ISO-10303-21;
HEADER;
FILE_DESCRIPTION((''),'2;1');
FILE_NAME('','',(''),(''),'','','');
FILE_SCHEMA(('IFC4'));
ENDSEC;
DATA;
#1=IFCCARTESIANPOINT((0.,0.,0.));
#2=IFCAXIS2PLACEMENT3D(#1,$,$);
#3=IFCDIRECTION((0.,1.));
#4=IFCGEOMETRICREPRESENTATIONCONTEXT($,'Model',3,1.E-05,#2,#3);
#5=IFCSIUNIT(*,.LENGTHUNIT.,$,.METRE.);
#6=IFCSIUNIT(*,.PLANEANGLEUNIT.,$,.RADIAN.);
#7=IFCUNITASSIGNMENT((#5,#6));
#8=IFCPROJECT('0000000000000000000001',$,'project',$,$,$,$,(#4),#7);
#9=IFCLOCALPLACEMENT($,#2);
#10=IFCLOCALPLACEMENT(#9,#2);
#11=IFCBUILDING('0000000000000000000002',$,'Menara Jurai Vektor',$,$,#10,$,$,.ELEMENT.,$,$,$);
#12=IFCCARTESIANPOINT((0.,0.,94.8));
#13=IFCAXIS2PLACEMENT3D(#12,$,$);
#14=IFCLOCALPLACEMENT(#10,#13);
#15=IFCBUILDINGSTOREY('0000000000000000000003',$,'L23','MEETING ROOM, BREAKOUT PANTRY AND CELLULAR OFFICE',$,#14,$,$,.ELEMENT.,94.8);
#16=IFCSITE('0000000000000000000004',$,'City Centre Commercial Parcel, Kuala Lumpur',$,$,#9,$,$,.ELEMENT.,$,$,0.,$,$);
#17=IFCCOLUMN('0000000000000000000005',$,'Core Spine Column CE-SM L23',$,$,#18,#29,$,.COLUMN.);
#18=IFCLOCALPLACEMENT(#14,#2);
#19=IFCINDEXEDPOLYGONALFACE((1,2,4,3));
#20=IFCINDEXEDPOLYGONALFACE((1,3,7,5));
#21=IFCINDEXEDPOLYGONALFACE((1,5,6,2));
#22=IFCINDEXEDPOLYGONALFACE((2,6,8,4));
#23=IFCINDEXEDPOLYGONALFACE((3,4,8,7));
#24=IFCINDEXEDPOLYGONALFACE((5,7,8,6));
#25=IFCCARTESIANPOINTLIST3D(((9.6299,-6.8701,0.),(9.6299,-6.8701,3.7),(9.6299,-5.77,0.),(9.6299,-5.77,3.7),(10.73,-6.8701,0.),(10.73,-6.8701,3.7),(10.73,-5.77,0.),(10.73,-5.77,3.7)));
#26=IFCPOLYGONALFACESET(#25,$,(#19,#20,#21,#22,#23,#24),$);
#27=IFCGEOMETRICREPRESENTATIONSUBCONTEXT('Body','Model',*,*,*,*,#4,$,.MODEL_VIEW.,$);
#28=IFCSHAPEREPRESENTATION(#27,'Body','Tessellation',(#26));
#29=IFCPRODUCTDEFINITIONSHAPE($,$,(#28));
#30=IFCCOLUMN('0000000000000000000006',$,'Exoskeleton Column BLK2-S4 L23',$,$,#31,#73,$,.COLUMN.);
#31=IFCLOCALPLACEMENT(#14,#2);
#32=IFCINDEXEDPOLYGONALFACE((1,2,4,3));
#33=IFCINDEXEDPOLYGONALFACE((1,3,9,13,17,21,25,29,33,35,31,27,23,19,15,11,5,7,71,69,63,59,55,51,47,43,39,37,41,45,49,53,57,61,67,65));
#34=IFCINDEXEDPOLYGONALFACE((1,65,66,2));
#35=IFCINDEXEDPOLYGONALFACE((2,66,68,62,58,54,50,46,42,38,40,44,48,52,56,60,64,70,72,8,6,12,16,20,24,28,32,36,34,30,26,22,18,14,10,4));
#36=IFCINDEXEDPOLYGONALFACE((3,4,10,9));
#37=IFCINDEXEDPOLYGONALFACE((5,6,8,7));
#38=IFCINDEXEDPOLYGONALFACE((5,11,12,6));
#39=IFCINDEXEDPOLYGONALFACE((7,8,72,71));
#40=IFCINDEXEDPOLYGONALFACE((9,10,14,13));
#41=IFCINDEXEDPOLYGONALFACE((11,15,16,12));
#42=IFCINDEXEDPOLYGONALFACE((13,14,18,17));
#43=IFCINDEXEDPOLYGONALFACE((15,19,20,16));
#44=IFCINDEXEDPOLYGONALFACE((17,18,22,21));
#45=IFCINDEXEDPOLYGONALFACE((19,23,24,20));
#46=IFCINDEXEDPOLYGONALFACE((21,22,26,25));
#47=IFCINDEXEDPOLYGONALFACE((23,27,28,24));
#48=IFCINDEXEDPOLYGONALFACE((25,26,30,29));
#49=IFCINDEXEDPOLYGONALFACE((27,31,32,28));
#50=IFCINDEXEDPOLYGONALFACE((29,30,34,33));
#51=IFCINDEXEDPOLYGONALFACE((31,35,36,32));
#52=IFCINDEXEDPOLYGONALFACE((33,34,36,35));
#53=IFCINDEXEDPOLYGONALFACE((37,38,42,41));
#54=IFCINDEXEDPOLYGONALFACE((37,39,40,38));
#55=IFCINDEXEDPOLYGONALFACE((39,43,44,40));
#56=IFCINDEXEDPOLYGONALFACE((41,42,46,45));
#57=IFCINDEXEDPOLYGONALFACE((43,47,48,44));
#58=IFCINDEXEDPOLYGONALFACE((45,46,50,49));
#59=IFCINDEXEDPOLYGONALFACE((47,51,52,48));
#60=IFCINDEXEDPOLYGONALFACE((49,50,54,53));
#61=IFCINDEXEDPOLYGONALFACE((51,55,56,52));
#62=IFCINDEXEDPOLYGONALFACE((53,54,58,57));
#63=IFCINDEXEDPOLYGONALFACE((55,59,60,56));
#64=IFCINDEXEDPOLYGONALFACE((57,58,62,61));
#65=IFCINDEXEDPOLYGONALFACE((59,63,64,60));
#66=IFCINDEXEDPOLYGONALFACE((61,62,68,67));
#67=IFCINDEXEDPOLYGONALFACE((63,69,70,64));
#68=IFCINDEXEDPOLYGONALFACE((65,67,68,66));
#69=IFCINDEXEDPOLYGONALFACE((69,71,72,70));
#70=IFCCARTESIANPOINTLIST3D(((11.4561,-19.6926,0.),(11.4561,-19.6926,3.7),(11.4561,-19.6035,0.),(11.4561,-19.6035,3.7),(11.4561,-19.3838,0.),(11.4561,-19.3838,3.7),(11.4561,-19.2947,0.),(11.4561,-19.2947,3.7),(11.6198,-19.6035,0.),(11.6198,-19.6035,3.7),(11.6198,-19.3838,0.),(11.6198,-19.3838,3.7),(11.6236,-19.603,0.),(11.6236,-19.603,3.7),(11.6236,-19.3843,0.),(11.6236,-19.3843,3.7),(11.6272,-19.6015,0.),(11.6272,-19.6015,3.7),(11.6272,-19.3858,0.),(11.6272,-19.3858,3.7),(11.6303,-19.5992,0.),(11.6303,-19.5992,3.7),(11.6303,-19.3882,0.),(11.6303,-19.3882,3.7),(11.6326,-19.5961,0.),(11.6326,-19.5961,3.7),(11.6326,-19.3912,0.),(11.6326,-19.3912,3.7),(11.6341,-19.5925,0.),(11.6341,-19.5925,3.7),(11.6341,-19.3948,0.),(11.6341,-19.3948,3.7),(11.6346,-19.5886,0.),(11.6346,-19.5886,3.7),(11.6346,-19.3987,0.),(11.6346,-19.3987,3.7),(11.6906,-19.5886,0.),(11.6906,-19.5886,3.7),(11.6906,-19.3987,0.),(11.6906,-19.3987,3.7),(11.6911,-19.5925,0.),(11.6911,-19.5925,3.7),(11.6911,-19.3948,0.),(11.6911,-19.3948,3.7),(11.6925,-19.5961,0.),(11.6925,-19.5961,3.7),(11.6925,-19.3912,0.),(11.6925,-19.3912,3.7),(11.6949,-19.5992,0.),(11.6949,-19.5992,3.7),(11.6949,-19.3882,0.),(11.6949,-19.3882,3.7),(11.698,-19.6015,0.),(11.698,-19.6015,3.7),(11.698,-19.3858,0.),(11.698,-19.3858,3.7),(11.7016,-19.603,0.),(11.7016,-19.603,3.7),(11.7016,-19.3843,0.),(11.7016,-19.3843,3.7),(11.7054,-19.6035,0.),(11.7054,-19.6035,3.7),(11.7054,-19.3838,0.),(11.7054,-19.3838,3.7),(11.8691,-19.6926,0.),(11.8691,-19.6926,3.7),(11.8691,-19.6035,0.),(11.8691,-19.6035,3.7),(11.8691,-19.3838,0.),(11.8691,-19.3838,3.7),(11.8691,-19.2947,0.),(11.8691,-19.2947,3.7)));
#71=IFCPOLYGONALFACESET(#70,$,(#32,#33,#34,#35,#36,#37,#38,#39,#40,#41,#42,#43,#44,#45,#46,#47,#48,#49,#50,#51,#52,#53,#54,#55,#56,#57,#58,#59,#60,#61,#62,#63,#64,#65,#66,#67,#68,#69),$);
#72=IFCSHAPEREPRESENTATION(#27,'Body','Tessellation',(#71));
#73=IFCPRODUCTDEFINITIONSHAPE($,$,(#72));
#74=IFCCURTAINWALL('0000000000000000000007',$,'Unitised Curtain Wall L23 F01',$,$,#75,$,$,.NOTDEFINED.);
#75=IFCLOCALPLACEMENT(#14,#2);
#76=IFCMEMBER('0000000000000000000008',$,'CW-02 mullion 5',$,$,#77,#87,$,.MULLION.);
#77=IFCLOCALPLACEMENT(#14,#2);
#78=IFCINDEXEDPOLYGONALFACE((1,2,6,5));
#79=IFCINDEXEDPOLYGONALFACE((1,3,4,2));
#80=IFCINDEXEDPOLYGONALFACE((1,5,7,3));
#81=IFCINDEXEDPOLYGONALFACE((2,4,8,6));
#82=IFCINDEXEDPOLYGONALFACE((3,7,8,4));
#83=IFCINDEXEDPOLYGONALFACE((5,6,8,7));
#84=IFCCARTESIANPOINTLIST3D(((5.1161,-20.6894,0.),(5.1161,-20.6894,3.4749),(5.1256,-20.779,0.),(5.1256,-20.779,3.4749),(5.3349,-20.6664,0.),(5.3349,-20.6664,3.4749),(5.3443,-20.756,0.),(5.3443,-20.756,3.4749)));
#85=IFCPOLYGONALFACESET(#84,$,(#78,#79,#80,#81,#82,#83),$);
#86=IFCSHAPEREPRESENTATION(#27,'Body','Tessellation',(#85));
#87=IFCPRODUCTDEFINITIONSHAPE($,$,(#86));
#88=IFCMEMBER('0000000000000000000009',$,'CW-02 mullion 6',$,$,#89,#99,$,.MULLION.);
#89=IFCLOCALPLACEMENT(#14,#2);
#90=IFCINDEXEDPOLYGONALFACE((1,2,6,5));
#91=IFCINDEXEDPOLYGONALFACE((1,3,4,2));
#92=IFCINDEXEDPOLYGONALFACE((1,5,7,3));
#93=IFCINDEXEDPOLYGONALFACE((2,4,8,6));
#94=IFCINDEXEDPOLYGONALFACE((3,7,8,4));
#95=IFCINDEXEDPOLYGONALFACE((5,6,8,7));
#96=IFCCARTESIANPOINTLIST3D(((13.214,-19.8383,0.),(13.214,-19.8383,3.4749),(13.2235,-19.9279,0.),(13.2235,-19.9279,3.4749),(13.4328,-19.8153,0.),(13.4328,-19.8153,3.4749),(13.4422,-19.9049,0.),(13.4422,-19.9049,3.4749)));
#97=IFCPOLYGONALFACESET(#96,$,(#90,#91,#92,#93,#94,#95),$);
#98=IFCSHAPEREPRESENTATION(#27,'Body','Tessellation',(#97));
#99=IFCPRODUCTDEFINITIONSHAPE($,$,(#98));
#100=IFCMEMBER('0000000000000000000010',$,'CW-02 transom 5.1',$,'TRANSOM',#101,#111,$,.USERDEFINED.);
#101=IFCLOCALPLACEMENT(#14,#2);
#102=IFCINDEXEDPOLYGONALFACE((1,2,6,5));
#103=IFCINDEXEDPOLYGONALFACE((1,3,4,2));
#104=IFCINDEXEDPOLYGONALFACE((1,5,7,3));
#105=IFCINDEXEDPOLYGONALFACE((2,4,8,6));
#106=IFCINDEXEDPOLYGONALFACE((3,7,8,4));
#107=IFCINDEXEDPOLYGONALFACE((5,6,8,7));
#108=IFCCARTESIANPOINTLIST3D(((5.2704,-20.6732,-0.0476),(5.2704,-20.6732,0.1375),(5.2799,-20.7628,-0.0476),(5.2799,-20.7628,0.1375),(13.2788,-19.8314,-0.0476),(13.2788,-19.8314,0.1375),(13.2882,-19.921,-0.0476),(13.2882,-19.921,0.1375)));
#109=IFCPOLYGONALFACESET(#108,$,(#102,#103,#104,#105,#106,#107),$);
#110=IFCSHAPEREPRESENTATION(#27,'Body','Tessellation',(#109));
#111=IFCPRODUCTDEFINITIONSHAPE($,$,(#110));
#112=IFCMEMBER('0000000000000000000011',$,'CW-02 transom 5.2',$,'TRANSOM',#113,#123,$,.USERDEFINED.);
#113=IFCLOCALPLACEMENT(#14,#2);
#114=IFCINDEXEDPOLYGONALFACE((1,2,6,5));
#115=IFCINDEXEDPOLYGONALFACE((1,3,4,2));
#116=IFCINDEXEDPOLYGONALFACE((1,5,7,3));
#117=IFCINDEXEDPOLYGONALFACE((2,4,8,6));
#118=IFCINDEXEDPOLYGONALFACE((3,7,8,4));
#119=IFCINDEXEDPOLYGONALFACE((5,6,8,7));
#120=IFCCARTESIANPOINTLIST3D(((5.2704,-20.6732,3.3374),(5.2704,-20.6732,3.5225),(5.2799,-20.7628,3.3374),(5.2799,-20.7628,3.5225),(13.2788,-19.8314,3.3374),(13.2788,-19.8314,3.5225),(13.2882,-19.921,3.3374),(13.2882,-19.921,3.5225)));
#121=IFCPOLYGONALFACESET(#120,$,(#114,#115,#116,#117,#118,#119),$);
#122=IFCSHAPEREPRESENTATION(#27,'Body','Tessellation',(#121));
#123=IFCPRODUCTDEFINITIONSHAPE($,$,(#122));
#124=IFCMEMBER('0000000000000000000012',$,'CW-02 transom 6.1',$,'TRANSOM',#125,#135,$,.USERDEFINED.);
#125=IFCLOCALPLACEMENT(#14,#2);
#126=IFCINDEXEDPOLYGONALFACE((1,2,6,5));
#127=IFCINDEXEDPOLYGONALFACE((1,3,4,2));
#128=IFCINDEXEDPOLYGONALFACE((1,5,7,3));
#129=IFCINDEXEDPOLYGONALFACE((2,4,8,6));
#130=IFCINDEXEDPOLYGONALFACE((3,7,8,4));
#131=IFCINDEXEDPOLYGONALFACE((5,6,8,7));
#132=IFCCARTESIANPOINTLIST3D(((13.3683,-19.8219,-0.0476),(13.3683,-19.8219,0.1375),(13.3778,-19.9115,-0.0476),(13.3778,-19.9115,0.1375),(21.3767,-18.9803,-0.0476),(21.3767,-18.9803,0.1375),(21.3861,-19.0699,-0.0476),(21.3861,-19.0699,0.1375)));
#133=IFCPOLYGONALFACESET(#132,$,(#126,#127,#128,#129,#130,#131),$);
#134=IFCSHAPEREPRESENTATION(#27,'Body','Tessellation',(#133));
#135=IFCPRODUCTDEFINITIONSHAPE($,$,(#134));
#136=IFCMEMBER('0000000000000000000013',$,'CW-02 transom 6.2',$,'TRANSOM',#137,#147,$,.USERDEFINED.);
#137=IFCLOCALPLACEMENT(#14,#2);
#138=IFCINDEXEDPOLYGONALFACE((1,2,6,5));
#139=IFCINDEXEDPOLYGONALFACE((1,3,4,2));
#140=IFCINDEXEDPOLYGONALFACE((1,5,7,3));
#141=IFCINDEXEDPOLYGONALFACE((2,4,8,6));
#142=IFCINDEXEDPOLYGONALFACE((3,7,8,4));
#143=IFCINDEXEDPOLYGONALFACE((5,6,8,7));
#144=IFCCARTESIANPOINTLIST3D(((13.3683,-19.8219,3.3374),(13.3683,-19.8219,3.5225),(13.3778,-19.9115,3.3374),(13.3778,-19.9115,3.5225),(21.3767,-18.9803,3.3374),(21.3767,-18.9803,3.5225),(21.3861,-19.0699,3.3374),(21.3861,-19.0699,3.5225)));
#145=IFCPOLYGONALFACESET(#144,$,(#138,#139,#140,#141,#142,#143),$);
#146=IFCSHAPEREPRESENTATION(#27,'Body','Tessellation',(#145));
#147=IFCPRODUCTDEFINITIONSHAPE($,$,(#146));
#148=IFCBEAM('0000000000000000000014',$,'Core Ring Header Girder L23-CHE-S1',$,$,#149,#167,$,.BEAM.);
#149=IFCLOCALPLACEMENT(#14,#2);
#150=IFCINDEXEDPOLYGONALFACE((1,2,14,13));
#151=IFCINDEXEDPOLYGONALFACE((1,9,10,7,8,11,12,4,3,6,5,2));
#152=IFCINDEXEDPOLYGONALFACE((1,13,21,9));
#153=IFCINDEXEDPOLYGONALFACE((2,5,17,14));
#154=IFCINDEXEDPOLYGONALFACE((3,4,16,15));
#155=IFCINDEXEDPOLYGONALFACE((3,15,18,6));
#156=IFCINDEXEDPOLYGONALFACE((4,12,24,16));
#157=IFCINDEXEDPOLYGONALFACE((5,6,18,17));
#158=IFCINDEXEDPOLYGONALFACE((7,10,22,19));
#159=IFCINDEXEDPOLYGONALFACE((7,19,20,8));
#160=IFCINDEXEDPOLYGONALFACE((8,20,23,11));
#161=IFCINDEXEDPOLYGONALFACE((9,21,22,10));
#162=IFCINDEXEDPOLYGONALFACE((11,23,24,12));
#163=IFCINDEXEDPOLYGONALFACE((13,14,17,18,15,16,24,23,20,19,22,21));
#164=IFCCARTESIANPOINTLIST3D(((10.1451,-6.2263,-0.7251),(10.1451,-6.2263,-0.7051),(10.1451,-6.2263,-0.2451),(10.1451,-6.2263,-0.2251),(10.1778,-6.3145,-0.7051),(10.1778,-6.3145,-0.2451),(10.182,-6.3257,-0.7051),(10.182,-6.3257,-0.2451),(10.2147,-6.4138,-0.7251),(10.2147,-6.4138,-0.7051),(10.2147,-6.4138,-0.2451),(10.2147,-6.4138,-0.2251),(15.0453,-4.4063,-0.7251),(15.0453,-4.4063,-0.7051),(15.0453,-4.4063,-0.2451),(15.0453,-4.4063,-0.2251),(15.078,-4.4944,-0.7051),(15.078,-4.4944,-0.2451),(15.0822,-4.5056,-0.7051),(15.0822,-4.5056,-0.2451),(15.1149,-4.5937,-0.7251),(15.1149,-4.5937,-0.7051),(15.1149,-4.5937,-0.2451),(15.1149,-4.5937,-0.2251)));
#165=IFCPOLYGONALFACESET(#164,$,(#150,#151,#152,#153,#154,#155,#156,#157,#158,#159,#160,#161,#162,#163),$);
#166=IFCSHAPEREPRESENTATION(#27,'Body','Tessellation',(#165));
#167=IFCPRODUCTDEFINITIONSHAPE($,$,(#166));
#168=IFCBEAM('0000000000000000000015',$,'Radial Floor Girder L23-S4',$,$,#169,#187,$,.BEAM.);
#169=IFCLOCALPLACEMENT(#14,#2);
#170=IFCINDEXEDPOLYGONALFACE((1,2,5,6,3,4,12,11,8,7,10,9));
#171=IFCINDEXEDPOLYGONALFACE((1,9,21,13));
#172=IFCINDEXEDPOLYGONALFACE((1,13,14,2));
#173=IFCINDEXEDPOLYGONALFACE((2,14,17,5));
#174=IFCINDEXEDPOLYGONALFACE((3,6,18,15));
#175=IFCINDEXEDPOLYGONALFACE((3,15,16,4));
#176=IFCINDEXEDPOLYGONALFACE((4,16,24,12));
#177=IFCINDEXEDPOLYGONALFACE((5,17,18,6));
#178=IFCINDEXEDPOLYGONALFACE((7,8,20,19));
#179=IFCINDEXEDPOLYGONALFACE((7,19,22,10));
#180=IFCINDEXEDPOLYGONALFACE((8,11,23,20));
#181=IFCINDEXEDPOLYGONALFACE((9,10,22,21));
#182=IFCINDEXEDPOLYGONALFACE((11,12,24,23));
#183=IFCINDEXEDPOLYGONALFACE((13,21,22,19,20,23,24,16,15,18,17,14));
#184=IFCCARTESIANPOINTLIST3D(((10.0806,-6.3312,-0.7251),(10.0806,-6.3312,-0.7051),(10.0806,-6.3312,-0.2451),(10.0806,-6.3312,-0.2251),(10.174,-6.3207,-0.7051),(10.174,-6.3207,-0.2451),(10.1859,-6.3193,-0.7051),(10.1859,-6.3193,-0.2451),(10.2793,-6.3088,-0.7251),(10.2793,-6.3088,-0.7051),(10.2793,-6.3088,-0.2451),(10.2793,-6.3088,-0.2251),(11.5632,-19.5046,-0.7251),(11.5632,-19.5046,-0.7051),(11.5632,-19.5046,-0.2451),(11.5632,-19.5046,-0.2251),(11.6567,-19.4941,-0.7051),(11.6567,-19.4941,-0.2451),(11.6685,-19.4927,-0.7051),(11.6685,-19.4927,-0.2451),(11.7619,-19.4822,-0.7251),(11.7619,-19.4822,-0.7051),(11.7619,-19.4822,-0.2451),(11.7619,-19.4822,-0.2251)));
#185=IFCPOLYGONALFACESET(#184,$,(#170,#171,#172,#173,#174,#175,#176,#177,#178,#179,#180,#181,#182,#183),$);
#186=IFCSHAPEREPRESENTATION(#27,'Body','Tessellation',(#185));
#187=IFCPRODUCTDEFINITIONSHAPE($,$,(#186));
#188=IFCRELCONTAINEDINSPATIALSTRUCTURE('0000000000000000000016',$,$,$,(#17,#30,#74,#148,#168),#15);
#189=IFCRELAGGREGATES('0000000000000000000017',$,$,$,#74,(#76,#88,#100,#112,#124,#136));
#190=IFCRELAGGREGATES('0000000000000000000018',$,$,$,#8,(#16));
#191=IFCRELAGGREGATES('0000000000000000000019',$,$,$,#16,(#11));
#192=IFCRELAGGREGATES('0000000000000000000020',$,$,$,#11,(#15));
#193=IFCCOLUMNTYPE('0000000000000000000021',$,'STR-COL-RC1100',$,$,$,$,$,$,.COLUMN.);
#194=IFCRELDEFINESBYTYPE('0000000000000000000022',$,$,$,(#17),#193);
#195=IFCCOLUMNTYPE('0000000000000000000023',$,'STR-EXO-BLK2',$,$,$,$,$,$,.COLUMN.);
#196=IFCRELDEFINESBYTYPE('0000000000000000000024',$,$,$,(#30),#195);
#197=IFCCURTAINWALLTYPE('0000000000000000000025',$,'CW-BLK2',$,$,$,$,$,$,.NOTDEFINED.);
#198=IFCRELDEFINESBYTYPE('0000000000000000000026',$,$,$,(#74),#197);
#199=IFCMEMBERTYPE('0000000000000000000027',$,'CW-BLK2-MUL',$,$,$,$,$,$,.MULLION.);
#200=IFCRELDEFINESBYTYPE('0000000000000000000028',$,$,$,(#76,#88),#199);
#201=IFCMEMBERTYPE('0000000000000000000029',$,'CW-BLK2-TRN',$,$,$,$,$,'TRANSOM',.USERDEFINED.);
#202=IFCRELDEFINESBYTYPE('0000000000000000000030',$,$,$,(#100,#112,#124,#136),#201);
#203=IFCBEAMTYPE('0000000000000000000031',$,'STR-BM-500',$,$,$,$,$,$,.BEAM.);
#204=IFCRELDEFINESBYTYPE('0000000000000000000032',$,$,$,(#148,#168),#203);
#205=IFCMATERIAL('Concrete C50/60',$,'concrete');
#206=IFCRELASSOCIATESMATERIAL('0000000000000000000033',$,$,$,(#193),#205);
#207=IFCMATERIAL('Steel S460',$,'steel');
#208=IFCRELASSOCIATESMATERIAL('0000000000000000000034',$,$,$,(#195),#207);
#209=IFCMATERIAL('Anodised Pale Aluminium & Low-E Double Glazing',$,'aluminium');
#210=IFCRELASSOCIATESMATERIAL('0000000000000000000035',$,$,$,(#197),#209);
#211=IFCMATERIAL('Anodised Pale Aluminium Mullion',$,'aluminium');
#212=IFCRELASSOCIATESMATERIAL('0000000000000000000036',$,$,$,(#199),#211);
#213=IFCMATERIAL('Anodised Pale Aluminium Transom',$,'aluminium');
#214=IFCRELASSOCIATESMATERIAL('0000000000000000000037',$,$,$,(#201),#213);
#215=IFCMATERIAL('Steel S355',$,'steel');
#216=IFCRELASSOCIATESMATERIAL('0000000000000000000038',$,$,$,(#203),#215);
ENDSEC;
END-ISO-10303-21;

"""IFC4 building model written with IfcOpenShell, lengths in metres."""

from ifc_helpers import new_model, si_unit, direction, frame, origin, origin_2d, place, context, subcontext, project, spatial, rectangle, i_section, extrude, material, material_profile, profile_set, type_object, element, aggregate, save


model = new_model("IFC4")

# Units and contexts
model_context = context("Model", 3, precision=1e-05, world=origin(), true_north=direction((0.0, 1.0)))
body_context = subcontext(model_context, "Body", "Model", "MODEL_VIEW")
ifc_project = project(units=[si_unit("LENGTHUNIT", "METRE"), si_unit("PLANEANGLEUNIT", "RADIAN")], contexts=[model_context])

# Site, building, storey
site_placement = place(None, origin())
site = spatial("IfcSite", under=ifc_project, at=site_placement, Name="City Centre Commercial Parcel, Kuala Lumpur", CompositionType="ELEMENT", RefElevation=0.0)
building_placement = place(site_placement, origin())
building = spatial("IfcBuilding", under=site, at=building_placement, Name="Menara Jurai Vektor", CompositionType="ELEMENT")
storey_placement = place(building_placement, frame((0.0, 0.0, 94.8)))
storey = spatial("IfcBuildingStorey", under=building, at=storey_placement, Name="L23", Description="MEETING ROOM, BREAKOUT PANTRY AND CELLULAR OFFICE", CompositionType="ELEMENT", Elevation=94.8)

# Columns
ifc_material_1 = material(Name="Concrete C50/60", Category="concrete")
ifc_material_profile_1 = material_profile(ifc_material_1, rectangle(XDim=1.1001, YDim=1.1001, at=origin_2d()), Name="RC 1100x1100")
ifc_profile_set_1 = profile_set([ifc_material_profile_1], Name="Concrete C50/60")
column_type_1 = type_object("IfcColumnType", Name="STR-COL-RC1100", PredefinedType="COLUMN", material=ifc_profile_set_1)
column_1_placement = place(storey_placement, frame((10.1799, -6.3201, 0.0), z_axis=(0.0, 0.0, 1.0), x_axis=(1.0, 0.0, 0.0)))
element("IfcColumn", 1, at=column_1_placement, inside=storey, type_object=column_type_1, Name="Core Spine Column CE-SM L23", PredefinedType="COLUMN", context=body_context, shape_type="SweptSolid", body=[
    extrude(rectangle(XDim=1.1001, YDim=1.1001, at=origin_2d()), origin(), (0.0, 0.0, 1.0), 3.7),
])
ifc_material_2 = material(Name="Steel S460", Category="steel")
ifc_material_profile_2 = material_profile(ifc_material_2, i_section(OverallWidth=0.4131, OverallDepth=0.3979, WebThickness=0.0559, FlangeThickness=0.0891, FilletRadius=0.0149, at=origin_2d()), Name="HD 400x744")
ifc_profile_set_2 = profile_set([ifc_material_profile_2], Name="Steel S460")
column_type_2 = type_object("IfcColumnType", Name="STR-EXO-BLK2", PredefinedType="COLUMN", material=ifc_profile_set_2)
column_2_placement = place(storey_placement, frame((11.6626, -19.4937, 0.0), z_axis=(0.0, 0.0, 1.0), x_axis=(1.0, 0.0, 0.0)))
element("IfcColumn", 2, at=column_2_placement, inside=storey, type_object=column_type_2, Name="Exoskeleton Column BLK2-S4 L23", PredefinedType="COLUMN", context=body_context, shape_type="SweptSolid", body=[
    extrude(i_section(OverallWidth=0.4131, OverallDepth=0.3979, WebThickness=0.0559, FlangeThickness=0.0891, FilletRadius=0.0149, at=origin_2d()), origin(), (0.0, 0.0, 1.0), 3.7),
])

# Curtain wall, members
ifc_material_3 = material(Name="Anodised Pale Aluminium & Low-E Double Glazing", Category="aluminium")
curtain_wall_type = type_object("IfcCurtainWallType", Name="CW-BLK2", PredefinedType="NOTDEFINED", material=ifc_material_3)
curtain_wall_placement = place(storey_placement, origin())
curtain_wall = element("IfcCurtainWall", 3, at=curtain_wall_placement, inside=storey, type_object=curtain_wall_type, Name="Unitised Curtain Wall L23 F01", PredefinedType="NOTDEFINED")
ifc_material_4 = material(Name="Anodised Pale Aluminium Mullion", Category="aluminium")
ifc_material_profile_3 = material_profile(ifc_material_4, rectangle(XDim=0.0901, YDim=0.22, at=origin_2d()), Name="ALU MUL 90x220")
ifc_profile_set_3 = profile_set([ifc_material_profile_3], Name="Anodised Pale Aluminium Mullion")
member_type_1 = type_object("IfcMemberType", Name="CW-BLK2-MUL", PredefinedType="MULLION", material=ifc_profile_set_3)
member_1_placement = place(storey_placement, frame((5.2302, -20.7227, 0.0), z_axis=(0.0, 0.0, 1.0), x_axis=(-0.104529, 0.994522, 0.0)))
member_1 = element("IfcMember", 4, at=member_1_placement, type_object=member_type_1, Name="CW-02 mullion 5", PredefinedType="MULLION", context=body_context, shape_type="SweptSolid", body=[
    extrude(rectangle(XDim=0.0901, YDim=0.22, at=origin_2d()), origin(), (0.0, 0.0, 1.0), 3.4749),
])
member_2_placement = place(storey_placement, frame((13.3281, -19.8716, 0.0), z_axis=(0.0, 0.0, 1.0), x_axis=(-0.104529, 0.994522, 0.0)))
member_2 = element("IfcMember", 5, at=member_2_placement, type_object=member_type_1, Name="CW-02 mullion 6", PredefinedType="MULLION", context=body_context, shape_type="SweptSolid", body=[
    extrude(rectangle(XDim=0.0901, YDim=0.22, at=origin_2d()), origin(), (0.0, 0.0, 1.0), 3.4749),
])
ifc_material_5 = material(Name="Anodised Pale Aluminium Transom", Category="aluminium")
ifc_material_profile_4 = material_profile(ifc_material_5, rectangle(XDim=0.0901, YDim=0.1851, at=origin_2d()), Name="ALU TRN 90x185")
ifc_profile_set_4 = profile_set([ifc_material_profile_4], Name="Anodised Pale Aluminium Transom")
member_type_2 = type_object("IfcMemberType", Name="CW-BLK2-TRN", ElementType="TRANSOM", PredefinedType="USERDEFINED", material=ifc_profile_set_4)
member_3_placement = place(storey_placement, frame((5.2751, -20.718, 0.0449), z_axis=(0.994521, 0.10454, 0.0), x_axis=(-0.10454, 0.994521, 0.0)))
member_3 = element("IfcMember", 6, at=member_3_placement, type_object=member_type_2, Name="CW-02 transom 5.1", ObjectType="TRANSOM", PredefinedType="USERDEFINED", context=body_context, shape_type="SweptSolid", body=[
    extrude(rectangle(XDim=0.0901, YDim=0.1851, at=origin_2d()), origin(), (0.0, 0.0, 1.0), 8.0525),
])
member_4_placement = place(storey_placement, frame((5.2751, -20.718, 3.4299), z_axis=(0.994521, 0.10454, 0.0), x_axis=(-0.10454, 0.994521, 0.0)))
member_4 = element("IfcMember", 7, at=member_4_placement, type_object=member_type_2, Name="CW-02 transom 5.2", ObjectType="TRANSOM", PredefinedType="USERDEFINED", context=body_context, shape_type="SweptSolid", body=[
    extrude(rectangle(XDim=0.0901, YDim=0.1851, at=origin_2d()), origin(), (0.0, 0.0, 1.0), 8.0525),
])
member_5_placement = place(storey_placement, frame((13.373, -19.8667, 0.0449), z_axis=(0.994524, 0.10451, 0.0), x_axis=(-0.10451, 0.994524, 0.0)))
member_5 = element("IfcMember", 8, at=member_5_placement, type_object=member_type_2, Name="CW-02 transom 6.1", ObjectType="TRANSOM", PredefinedType="USERDEFINED", context=body_context, shape_type="SweptSolid", body=[
    extrude(rectangle(XDim=0.0901, YDim=0.1851, at=origin_2d()), origin(), (0.0, 0.0, 1.0), 8.0525),
])
member_6_placement = place(storey_placement, frame((13.373, -19.8667, 3.4299), z_axis=(0.994524, 0.10451, 0.0), x_axis=(-0.10451, 0.994524, 0.0)))
member_6 = element("IfcMember", 9, at=member_6_placement, type_object=member_type_2, Name="CW-02 transom 6.2", ObjectType="TRANSOM", PredefinedType="USERDEFINED", context=body_context, shape_type="SweptSolid", body=[
    extrude(rectangle(XDim=0.0901, YDim=0.1851, at=origin_2d()), origin(), (0.0, 0.0, 1.0), 8.0525),
])

# Beams
ifc_material_6 = material(Name="Steel S355", Category="steel")
ifc_material_profile_5 = material_profile(ifc_material_6, i_section(OverallWidth=0.2, OverallDepth=0.5, WebThickness=0.012, FlangeThickness=0.02, at=origin_2d()), Name="PG 500x200x96")
ifc_profile_set_5 = profile_set([ifc_material_profile_5], Name="Steel S355")
beam_type_1 = type_object("IfcBeamType", Name="STR-BM-500", PredefinedType="BEAM", material=ifc_profile_set_5)
beam_1_placement = place(storey_placement, frame((10.1799, -6.3201, -0.4751), z_axis=(0.937424, 0.348189, 0.0), x_axis=(-0.348189, 0.937424, 0.0)))
element("IfcBeam", 10, at=beam_1_placement, inside=storey, type_object=beam_type_1, Name="Core Ring Header Girder L23-CHE-S1", PredefinedType="BEAM", context=body_context, shape_type="SweptSolid", body=[
    extrude(i_section(OverallWidth=0.2, OverallDepth=0.5, WebThickness=0.012, FlangeThickness=0.02, at=origin_2d()), origin(), (0.0, 0.0, 1.0), 5.2273),
])
beam_2_placement = place(storey_placement, frame((11.6626, -19.4934, -0.4751), z_axis=(-0.111844, 0.993726, 0.0), x_axis=(-0.993726, -0.111844, 0.0)))
element("IfcBeam", 11, at=beam_2_placement, inside=storey, type_object=beam_type_1, Name="Radial Floor Girder L23-S4", PredefinedType="BEAM", context=body_context, shape_type="SweptSolid", body=[
    extrude(i_section(OverallWidth=0.2, OverallDepth=0.5, WebThickness=0.012, FlangeThickness=0.02, at=origin_2d()), origin(), (0.0, 0.0, 1.0), 13.2566),
])

aggregate(curtain_wall, [member_1, member_2, member_3, member_4, member_5, member_6])

save(model, "model.ifc")
